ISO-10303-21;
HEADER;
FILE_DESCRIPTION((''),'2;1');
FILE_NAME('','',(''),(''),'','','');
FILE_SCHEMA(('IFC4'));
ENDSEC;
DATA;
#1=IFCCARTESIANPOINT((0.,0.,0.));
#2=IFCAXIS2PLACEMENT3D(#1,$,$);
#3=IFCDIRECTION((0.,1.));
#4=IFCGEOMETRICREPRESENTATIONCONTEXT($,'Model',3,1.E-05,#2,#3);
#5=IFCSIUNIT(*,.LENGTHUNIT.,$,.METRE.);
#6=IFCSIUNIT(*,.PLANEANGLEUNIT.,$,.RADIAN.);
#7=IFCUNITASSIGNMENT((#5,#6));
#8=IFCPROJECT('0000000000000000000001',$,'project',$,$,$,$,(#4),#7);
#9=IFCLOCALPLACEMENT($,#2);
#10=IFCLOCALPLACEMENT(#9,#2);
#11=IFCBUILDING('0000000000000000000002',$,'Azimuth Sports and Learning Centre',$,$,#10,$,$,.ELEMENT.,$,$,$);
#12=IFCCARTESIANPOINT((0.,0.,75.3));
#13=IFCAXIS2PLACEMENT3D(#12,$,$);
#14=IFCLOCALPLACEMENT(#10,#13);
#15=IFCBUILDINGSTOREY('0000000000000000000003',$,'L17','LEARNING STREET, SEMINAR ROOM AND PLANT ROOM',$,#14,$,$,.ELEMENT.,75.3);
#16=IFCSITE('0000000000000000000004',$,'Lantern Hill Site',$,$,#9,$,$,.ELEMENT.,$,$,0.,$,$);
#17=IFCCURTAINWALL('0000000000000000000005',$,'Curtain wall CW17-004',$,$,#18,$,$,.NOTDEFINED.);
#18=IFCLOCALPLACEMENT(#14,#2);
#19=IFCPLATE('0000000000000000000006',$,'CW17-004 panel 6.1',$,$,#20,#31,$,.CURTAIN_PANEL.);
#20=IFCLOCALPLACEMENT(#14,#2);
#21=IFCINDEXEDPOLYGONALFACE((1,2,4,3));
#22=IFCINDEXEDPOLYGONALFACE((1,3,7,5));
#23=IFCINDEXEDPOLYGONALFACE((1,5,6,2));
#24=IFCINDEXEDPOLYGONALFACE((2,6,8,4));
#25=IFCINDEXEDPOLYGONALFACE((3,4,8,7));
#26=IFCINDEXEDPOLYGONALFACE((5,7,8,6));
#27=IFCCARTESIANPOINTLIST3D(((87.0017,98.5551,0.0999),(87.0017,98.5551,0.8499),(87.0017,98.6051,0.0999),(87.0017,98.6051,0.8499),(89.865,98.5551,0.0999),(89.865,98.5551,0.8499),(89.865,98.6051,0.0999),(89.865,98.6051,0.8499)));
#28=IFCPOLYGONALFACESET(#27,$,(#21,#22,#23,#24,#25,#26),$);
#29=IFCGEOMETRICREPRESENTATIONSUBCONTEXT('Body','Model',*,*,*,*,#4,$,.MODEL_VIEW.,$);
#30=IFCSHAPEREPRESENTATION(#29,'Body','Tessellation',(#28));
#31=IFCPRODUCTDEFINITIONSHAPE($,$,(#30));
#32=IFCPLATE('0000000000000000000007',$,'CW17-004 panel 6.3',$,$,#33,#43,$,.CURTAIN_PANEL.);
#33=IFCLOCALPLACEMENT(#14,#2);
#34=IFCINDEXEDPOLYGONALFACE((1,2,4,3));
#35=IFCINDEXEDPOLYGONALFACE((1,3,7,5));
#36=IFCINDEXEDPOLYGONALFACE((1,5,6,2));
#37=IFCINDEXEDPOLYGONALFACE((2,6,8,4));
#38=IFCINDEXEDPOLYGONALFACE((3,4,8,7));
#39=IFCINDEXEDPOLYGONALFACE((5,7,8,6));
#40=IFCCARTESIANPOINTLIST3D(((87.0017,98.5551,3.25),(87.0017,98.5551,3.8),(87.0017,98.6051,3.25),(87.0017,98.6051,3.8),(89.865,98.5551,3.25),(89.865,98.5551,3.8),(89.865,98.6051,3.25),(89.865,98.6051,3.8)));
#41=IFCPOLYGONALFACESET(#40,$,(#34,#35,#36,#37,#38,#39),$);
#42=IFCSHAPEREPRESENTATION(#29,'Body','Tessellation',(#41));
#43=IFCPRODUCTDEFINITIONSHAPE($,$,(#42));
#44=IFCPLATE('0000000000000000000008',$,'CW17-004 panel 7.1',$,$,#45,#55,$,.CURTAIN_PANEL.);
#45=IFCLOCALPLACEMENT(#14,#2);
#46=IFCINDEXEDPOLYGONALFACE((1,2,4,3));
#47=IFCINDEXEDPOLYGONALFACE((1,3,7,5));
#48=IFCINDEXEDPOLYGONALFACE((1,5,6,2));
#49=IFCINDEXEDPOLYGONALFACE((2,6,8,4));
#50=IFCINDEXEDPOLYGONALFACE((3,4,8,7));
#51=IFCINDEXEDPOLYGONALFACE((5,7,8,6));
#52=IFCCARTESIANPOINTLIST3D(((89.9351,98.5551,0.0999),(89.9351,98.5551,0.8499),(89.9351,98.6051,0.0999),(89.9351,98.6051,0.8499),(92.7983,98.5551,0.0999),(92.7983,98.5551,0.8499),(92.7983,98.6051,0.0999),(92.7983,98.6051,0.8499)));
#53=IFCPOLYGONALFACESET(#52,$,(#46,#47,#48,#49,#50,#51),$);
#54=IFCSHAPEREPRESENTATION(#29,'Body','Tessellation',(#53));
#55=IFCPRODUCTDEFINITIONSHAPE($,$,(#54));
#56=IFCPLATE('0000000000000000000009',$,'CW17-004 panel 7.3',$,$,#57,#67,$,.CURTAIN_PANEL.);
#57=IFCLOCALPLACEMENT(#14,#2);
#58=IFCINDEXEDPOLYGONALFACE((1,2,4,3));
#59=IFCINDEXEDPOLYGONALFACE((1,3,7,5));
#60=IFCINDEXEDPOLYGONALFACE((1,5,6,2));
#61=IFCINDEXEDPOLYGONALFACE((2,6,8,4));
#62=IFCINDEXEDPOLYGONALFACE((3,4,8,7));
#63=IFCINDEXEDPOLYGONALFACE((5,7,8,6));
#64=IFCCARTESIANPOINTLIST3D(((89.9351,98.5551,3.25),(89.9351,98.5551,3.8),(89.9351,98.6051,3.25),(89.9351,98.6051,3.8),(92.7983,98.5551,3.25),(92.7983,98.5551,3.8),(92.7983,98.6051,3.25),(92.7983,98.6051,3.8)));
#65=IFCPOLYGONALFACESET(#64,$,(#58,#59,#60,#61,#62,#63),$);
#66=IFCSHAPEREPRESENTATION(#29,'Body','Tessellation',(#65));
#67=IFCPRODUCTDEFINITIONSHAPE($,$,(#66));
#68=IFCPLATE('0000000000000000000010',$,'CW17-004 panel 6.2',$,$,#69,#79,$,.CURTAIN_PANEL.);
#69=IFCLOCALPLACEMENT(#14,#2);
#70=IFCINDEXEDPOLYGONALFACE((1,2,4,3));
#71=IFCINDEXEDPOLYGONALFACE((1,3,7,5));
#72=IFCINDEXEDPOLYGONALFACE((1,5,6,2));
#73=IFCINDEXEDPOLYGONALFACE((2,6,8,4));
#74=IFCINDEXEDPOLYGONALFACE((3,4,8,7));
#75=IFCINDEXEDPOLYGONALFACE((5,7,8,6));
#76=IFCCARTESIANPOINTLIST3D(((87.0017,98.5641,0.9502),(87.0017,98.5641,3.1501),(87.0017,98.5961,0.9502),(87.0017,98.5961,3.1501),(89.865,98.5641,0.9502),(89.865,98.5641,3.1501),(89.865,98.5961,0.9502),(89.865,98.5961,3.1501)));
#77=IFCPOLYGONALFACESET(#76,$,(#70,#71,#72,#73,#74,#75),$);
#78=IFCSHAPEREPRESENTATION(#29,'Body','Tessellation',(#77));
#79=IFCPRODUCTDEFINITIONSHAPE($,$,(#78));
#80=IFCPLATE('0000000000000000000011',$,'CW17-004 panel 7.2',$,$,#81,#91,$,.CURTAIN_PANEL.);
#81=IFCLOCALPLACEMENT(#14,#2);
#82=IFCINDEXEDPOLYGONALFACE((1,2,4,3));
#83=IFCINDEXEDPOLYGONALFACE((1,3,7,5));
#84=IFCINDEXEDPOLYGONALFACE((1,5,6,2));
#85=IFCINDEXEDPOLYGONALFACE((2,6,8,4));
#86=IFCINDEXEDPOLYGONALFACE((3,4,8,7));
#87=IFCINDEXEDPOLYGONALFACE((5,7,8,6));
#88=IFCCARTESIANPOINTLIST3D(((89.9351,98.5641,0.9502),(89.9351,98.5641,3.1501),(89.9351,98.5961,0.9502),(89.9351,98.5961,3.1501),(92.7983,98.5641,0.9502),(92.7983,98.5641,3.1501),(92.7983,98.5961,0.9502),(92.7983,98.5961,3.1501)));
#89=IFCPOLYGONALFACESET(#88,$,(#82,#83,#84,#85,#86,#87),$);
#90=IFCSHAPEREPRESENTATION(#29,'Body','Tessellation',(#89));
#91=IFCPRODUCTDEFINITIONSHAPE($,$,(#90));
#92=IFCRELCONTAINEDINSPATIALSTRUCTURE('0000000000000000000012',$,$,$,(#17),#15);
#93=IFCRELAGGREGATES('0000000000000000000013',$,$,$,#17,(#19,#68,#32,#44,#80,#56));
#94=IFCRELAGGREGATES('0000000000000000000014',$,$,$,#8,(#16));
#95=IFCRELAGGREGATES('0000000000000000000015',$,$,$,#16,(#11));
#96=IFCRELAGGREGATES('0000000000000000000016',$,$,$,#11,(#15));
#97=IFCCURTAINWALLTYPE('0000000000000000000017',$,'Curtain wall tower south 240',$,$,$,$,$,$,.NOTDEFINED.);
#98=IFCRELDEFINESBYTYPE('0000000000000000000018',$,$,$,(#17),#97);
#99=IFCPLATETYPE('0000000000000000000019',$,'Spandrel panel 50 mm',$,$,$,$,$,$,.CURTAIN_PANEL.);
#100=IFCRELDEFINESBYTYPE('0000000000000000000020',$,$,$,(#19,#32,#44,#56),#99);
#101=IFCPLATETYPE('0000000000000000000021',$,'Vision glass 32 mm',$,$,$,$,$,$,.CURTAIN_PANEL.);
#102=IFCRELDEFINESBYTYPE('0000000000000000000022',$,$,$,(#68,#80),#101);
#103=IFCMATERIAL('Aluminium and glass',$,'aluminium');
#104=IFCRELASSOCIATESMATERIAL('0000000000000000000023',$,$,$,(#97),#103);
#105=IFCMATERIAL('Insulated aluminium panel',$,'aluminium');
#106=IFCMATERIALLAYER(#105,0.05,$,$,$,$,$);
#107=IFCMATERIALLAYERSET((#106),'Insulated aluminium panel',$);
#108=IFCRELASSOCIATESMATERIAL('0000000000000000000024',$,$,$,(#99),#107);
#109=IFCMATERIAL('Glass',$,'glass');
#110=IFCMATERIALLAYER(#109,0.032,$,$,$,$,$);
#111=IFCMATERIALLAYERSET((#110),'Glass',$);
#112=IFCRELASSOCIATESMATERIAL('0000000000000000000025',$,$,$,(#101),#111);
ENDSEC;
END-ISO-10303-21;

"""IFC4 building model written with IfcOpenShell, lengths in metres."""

from ifc_helpers import new_model, si_unit, direction, frame, origin, origin_2d, place, context, subcontext, project, spatial, rectangle, extrude, material, layer, layer_set, type_object, element, aggregate, save


model = new_model("IFC4")

# Units and contexts
model_context = context("Model", 3, precision=1e-05, world=origin(), true_north=direction((0.0, 1.0)))
body_context = subcontext(model_context, "Body", "Model", "MODEL_VIEW")
ifc_project = project(units=[si_unit("LENGTHUNIT", "METRE"), si_unit("PLANEANGLEUNIT", "RADIAN")], contexts=[model_context])

# Site, building, storey
site_placement = place(None, origin())
site = spatial("IfcSite", under=ifc_project, at=site_placement, Name="Lantern Hill Site", CompositionType="ELEMENT", RefElevation=0.0)
building_placement = place(site_placement, origin())
building = spatial("IfcBuilding", under=site, at=building_placement, Name="Azimuth Sports and Learning Centre", CompositionType="ELEMENT")
storey_placement = place(building_placement, frame((0.0, 0.0, 75.3)))
storey = spatial("IfcBuildingStorey", under=building, at=storey_placement, Name="L17", Description="LEARNING STREET, SEMINAR ROOM AND PLANT ROOM", CompositionType="ELEMENT", Elevation=75.3)

# Curtain wall, plates
ifc_material_1 = material(Name="Aluminium and glass", Category="aluminium")
curtain_wall_type = type_object("IfcCurtainWallType", Name="Curtain wall tower south 240", PredefinedType="NOTDEFINED", material=ifc_material_1)
curtain_wall_placement = place(storey_placement, origin())
curtain_wall = element("IfcCurtainWall", 1, at=curtain_wall_placement, inside=storey, type_object=curtain_wall_type, Name="Curtain wall CW17-004", PredefinedType="NOTDEFINED")
ifc_material_2 = material(Name="Insulated aluminium panel", Category="aluminium")
ifc_layer_1 = layer(ifc_material_2, 0.05)
ifc_layer_set_1 = layer_set([ifc_layer_1], Name="Insulated aluminium panel")
plate_type_1 = type_object("IfcPlateType", Name="Spandrel panel 50 mm", PredefinedType="CURTAIN_PANEL", material=ifc_layer_set_1)
plate_1_placement = place(storey_placement, frame((88.4333, 98.5801, 0.0999), z_axis=(0.0, 0.0, 1.0), x_axis=(1.0, 0.0, 0.0)))
plate_1 = element("IfcPlate", 2, at=plate_1_placement, type_object=plate_type_1, Name="CW17-004 panel 6.1", PredefinedType="CURTAIN_PANEL", context=body_context, shape_type="SweptSolid", body=[
    extrude(rectangle(XDim=2.8633, YDim=0.05, at=origin_2d()), origin(), (0.0, 0.0, 1.0), 0.75),
])
plate_2_placement = place(storey_placement, frame((88.4333, 98.5801, 3.25), z_axis=(0.0, 0.0, 1.0), x_axis=(1.0, 0.0, 0.0)))
plate_2 = element("IfcPlate", 3, at=plate_2_placement, type_object=plate_type_1, Name="CW17-004 panel 6.3", PredefinedType="CURTAIN_PANEL", context=body_context, shape_type="SweptSolid", body=[
    extrude(rectangle(XDim=2.8633, YDim=0.05, at=origin_2d()), origin(), (0.0, 0.0, 1.0), 0.55),
])
plate_3_placement = place(storey_placement, frame((91.3667, 98.5801, 0.0999), z_axis=(0.0, 0.0, 1.0), x_axis=(1.0, 0.0, 0.0)))
plate_3 = element("IfcPlate", 4, at=plate_3_placement, type_object=plate_type_1, Name="CW17-004 panel 7.1", PredefinedType="CURTAIN_PANEL", context=body_context, shape_type="SweptSolid", body=[
    extrude(rectangle(XDim=2.8633, YDim=0.05, at=origin_2d()), origin(), (0.0, 0.0, 1.0), 0.75),
])
plate_4_placement = place(storey_placement, frame((91.3667, 98.5801, 3.25), z_axis=(0.0, 0.0, 1.0), x_axis=(1.0, 0.0, 0.0)))
plate_4 = element("IfcPlate", 5, at=plate_4_placement, type_object=plate_type_1, Name="CW17-004 panel 7.3", PredefinedType="CURTAIN_PANEL", context=body_context, shape_type="SweptSolid", body=[
    extrude(rectangle(XDim=2.8633, YDim=0.05, at=origin_2d()), origin(), (0.0, 0.0, 1.0), 0.55),
])
ifc_material_3 = material(Name="Glass", Category="glass")
ifc_layer_2 = layer(ifc_material_3, 0.032)
ifc_layer_set_2 = layer_set([ifc_layer_2], Name="Glass")
plate_type_2 = type_object("IfcPlateType", Name="Vision glass 32 mm", PredefinedType="CURTAIN_PANEL", material=ifc_layer_set_2)
plate_5_placement = place(storey_placement, frame((88.4333, 98.5801, 0.9502), z_axis=(0.0, 0.0, 1.0), x_axis=(1.0, 0.0, 0.0)))
plate_5 = element("IfcPlate", 6, at=plate_5_placement, type_object=plate_type_2, Name="CW17-004 panel 6.2", PredefinedType="CURTAIN_PANEL", context=body_context, shape_type="SweptSolid", body=[
    extrude(rectangle(XDim=2.8633, YDim=0.032, at=origin_2d()), origin(), (0.0, 0.0, 1.0), 2.2),
])
plate_6_placement = place(storey_placement, frame((91.3667, 98.5801, 0.9502), z_axis=(0.0, 0.0, 1.0), x_axis=(1.0, 0.0, 0.0)))
plate_6 = element("IfcPlate", 7, at=plate_6_placement, type_object=plate_type_2, Name="CW17-004 panel 7.2", PredefinedType="CURTAIN_PANEL", context=body_context, shape_type="SweptSolid", body=[
    extrude(rectangle(XDim=2.8633, YDim=0.032, at=origin_2d()), origin(), (0.0, 0.0, 1.0), 2.2),
])
aggregate(curtain_wall, [plate_1, plate_5, plate_2, plate_3, plate_6, plate_4])

save(model, "model.ifc")
